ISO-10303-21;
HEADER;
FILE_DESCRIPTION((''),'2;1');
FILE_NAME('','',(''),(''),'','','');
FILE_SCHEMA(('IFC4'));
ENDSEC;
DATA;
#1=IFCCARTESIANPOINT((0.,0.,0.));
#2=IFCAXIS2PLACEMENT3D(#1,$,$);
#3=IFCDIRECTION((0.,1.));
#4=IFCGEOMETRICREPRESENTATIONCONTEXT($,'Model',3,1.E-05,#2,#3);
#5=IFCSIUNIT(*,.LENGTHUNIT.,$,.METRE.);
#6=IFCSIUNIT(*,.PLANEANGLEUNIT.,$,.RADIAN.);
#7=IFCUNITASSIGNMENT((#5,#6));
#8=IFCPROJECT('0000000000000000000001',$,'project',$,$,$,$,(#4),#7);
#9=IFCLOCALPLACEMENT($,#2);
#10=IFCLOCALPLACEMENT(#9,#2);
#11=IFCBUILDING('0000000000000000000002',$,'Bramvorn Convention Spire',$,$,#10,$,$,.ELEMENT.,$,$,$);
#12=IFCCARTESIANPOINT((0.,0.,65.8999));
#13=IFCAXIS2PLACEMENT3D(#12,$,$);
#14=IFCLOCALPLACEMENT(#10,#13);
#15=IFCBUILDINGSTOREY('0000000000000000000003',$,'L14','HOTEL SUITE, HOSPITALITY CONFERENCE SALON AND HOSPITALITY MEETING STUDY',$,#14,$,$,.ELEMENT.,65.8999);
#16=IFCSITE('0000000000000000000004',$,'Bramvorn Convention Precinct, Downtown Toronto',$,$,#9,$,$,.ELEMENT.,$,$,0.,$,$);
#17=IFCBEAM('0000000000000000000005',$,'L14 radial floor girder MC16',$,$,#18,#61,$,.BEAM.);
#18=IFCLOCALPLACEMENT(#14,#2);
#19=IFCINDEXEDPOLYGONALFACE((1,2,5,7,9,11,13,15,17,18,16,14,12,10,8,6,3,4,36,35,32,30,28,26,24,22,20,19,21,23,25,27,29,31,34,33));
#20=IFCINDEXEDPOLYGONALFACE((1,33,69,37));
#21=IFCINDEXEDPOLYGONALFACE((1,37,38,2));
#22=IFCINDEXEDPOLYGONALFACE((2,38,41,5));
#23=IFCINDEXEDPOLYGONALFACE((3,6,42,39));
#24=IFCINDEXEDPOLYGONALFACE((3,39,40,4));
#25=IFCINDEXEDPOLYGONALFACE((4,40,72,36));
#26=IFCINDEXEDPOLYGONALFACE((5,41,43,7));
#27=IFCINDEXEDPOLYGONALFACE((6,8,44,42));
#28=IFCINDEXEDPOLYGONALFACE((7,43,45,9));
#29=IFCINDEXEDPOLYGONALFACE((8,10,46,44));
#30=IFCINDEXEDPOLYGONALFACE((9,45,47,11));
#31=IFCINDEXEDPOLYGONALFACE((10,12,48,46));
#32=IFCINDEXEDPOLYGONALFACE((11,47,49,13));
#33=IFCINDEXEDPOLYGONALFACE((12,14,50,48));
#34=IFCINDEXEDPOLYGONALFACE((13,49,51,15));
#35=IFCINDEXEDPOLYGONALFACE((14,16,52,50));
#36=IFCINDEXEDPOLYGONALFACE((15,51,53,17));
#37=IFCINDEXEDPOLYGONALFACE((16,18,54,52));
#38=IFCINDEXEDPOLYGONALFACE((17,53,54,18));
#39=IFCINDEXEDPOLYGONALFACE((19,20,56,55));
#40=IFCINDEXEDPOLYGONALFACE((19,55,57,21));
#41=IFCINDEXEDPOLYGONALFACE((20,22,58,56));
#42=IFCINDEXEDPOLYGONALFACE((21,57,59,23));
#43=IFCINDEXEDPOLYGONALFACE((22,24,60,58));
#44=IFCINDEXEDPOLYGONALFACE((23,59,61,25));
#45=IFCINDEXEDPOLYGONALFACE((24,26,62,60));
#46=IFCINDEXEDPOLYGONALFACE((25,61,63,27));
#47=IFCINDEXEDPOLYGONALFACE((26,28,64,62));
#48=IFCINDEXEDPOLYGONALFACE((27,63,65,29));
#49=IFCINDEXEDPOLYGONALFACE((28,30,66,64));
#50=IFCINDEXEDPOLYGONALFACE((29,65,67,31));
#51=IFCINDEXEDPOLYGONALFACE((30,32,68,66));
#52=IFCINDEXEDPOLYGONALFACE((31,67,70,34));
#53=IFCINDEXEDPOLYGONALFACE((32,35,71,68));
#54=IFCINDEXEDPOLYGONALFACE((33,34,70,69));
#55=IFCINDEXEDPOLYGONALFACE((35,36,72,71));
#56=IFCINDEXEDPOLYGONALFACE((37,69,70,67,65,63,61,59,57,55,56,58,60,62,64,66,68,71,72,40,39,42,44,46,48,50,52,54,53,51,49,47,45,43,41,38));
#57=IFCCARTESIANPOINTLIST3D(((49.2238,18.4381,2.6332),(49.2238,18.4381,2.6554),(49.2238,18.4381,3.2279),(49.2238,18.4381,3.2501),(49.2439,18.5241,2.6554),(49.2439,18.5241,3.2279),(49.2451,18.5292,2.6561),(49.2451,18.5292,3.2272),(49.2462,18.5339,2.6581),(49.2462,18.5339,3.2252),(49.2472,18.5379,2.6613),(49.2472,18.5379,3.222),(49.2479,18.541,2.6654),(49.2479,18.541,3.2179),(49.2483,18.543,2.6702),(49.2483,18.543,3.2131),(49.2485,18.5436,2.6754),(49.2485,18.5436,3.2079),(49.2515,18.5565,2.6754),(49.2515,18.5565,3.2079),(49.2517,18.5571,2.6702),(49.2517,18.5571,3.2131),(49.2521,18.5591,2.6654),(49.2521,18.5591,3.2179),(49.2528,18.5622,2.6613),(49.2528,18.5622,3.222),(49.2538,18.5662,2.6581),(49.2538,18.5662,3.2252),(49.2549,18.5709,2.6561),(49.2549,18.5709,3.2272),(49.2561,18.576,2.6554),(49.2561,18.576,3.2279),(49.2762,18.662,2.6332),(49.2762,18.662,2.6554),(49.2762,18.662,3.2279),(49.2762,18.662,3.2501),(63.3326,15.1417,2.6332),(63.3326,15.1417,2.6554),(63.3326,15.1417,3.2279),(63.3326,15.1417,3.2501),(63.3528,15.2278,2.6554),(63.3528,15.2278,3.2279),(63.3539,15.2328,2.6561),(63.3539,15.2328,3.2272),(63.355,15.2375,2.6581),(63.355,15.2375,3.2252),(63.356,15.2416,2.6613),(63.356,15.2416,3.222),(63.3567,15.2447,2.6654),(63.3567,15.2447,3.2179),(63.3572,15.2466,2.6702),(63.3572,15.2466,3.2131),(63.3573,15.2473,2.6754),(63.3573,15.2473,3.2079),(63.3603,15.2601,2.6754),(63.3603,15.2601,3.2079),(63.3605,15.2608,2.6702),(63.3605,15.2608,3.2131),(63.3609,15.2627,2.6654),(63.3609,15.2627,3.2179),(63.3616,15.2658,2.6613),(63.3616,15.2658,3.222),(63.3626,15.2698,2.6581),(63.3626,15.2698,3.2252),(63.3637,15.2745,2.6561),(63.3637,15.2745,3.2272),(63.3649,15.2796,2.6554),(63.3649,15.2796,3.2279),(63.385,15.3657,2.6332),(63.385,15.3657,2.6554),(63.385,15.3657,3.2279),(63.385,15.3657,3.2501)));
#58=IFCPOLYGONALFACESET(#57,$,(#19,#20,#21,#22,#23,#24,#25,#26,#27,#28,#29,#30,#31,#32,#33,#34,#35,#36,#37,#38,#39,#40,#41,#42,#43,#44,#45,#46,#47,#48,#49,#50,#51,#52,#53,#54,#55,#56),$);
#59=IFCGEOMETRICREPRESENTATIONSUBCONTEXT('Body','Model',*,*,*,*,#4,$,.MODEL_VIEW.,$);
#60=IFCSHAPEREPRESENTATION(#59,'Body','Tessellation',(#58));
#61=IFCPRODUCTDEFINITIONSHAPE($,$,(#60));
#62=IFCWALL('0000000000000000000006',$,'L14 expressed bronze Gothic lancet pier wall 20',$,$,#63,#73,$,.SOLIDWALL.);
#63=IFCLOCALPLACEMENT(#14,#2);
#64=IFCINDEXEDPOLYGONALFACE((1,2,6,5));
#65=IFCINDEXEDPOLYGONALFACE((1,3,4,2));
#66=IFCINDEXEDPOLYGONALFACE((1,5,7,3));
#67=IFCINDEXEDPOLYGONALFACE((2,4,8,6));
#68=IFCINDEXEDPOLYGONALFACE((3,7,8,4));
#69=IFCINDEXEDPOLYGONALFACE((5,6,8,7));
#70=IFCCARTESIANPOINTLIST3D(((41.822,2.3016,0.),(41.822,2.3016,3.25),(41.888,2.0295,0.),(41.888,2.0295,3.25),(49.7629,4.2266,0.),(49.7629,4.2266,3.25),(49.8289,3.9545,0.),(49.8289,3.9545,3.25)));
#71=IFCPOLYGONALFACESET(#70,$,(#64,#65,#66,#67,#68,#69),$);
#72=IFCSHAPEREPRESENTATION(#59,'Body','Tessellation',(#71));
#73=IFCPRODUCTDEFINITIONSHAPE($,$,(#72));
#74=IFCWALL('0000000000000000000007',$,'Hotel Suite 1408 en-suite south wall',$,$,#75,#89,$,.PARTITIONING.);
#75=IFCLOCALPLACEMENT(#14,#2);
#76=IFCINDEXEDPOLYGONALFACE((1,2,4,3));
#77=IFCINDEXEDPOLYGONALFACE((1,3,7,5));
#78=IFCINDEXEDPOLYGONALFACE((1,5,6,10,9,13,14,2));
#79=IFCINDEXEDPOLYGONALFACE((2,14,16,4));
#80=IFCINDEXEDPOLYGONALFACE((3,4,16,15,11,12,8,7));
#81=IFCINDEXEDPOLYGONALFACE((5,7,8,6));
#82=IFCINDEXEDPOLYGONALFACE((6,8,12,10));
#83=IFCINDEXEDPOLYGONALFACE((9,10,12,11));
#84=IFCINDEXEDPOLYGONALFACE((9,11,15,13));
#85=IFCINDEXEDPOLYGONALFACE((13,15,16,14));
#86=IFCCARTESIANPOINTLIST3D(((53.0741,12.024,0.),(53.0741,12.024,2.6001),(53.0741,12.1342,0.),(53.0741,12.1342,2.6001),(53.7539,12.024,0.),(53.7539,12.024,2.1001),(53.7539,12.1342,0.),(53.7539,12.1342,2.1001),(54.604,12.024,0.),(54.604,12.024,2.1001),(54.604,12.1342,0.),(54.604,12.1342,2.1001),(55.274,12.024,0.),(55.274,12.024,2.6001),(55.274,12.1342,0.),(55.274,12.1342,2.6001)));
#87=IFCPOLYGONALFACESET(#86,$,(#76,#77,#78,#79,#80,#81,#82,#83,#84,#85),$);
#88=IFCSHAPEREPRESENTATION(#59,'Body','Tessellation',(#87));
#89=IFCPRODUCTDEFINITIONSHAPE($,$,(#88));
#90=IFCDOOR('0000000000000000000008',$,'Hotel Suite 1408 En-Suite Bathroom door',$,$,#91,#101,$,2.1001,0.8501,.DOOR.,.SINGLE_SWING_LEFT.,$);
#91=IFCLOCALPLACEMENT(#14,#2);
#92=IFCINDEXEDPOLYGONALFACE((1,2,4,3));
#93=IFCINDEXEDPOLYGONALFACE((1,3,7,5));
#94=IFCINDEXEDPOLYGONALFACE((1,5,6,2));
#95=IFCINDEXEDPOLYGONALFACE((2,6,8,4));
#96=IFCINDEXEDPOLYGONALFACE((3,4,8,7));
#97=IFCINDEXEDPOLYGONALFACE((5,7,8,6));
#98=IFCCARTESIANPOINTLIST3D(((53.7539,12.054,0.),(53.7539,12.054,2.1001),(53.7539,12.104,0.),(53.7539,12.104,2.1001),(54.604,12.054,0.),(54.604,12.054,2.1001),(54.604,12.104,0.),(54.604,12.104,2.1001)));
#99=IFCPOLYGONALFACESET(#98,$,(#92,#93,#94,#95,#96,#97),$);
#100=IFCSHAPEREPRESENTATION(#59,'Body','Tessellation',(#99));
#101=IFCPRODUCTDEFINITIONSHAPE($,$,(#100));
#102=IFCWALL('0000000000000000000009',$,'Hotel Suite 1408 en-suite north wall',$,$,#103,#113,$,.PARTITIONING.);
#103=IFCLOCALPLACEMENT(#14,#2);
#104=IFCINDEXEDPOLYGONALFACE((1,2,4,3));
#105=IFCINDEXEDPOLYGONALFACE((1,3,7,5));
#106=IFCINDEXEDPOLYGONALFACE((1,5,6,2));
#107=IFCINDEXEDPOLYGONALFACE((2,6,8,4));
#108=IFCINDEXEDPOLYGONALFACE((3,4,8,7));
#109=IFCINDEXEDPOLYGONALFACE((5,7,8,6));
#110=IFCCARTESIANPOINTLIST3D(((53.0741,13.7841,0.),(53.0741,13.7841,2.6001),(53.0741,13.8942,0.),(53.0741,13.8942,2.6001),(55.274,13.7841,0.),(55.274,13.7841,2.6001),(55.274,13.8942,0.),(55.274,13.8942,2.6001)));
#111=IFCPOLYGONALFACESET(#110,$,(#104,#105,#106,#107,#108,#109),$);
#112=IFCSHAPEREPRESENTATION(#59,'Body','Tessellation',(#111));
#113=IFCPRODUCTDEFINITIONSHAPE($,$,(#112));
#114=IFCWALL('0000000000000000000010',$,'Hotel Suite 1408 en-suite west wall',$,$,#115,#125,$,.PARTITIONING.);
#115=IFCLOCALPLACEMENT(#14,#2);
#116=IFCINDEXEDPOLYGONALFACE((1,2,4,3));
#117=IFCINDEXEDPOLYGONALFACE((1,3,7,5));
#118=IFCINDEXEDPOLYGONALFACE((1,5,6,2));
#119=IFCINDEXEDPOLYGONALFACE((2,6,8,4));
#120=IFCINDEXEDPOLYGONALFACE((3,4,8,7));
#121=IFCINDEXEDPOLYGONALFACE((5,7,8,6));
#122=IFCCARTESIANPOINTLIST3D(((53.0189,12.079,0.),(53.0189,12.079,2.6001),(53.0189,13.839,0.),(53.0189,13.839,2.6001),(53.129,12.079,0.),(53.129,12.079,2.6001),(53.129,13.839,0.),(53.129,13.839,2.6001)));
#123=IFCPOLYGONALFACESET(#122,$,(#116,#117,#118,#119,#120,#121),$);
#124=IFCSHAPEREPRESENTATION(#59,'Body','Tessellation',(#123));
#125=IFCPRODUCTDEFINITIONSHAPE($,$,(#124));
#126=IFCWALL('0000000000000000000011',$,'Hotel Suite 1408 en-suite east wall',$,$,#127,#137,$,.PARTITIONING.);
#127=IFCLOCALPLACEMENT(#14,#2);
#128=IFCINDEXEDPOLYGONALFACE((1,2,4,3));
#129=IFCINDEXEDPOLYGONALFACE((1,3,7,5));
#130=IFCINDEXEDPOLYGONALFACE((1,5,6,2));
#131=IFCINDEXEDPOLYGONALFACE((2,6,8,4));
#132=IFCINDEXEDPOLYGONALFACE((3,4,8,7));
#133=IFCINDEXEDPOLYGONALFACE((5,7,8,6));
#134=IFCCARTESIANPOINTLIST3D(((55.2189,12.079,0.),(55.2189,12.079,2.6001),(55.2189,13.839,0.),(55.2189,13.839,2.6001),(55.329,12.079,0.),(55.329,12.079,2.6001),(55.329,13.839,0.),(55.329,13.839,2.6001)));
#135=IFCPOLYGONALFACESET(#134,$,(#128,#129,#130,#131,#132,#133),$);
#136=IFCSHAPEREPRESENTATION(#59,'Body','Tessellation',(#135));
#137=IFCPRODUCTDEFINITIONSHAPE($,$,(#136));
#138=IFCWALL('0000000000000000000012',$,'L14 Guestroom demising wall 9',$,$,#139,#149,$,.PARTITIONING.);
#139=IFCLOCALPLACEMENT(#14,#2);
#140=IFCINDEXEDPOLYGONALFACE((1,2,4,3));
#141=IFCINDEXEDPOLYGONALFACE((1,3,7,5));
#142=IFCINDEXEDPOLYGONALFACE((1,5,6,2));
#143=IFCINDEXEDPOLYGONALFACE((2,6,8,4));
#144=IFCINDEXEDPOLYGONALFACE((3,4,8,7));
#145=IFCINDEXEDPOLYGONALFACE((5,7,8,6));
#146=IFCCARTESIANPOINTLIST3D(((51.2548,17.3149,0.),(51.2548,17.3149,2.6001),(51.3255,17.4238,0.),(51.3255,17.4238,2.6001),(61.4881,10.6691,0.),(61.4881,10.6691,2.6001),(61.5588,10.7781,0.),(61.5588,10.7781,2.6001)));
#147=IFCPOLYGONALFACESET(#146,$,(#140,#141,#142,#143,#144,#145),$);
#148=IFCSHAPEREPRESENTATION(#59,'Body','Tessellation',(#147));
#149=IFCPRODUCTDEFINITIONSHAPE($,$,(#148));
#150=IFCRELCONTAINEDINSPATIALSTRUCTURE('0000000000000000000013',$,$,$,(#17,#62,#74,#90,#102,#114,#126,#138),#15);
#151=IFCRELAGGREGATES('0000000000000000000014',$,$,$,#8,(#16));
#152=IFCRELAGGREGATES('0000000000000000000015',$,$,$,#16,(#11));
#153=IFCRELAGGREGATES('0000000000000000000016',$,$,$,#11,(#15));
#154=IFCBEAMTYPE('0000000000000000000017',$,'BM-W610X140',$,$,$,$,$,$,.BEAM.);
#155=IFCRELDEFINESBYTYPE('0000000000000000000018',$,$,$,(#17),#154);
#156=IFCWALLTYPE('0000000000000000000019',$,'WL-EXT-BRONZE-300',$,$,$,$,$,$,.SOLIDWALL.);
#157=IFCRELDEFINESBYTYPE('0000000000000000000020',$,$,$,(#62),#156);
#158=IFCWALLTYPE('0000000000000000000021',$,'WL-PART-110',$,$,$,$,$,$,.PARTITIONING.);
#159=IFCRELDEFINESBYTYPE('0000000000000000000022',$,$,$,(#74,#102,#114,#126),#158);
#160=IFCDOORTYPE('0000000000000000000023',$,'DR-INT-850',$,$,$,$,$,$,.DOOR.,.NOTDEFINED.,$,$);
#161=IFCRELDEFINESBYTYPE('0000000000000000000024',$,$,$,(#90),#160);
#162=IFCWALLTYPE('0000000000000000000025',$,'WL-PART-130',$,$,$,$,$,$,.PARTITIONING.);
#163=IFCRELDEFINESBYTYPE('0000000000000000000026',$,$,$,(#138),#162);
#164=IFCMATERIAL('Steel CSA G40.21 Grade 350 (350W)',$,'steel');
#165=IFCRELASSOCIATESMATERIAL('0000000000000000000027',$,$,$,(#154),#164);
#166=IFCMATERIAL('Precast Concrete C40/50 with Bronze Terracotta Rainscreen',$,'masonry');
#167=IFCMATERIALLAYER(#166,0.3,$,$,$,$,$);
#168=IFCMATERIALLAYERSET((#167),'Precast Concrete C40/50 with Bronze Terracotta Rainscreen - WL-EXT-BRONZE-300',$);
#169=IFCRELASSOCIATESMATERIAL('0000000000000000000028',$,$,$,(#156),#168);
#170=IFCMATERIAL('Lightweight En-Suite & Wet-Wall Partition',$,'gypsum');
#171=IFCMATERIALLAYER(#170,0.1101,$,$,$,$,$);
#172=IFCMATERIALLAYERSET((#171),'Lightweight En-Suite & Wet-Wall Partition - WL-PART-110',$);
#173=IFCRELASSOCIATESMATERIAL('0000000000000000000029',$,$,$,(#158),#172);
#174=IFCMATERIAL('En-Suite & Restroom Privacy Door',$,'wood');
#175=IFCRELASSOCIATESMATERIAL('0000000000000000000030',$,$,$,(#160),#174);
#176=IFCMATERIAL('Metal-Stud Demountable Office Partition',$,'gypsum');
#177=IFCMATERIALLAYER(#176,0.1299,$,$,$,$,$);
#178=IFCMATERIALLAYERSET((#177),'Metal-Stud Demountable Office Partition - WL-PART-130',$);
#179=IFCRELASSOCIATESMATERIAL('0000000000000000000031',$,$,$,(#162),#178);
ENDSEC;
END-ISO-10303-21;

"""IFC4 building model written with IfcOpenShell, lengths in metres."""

from ifc_helpers import new_model, si_unit, direction, frame, frame_2d, origin, origin_2d, place, context, subcontext, project, spatial, rectangle, i_section, extrude, material, layer, layer_set, material_profile, profile_set, type_object, element, fill, save


model = new_model("IFC4")

# Units and contexts
model_context = context("Model", 3, precision=1e-05, world=origin(), true_north=direction((0.0, 1.0)))
body_context = subcontext(model_context, "Body", "Model", "MODEL_VIEW")
ifc_project = project(units=[si_unit("LENGTHUNIT", "METRE"), si_unit("PLANEANGLEUNIT", "RADIAN")], contexts=[model_context])

# Site, building, storey
site_placement = place(None, origin())
site = spatial("IfcSite", under=ifc_project, at=site_placement, Name="Bramvorn Convention Precinct, Downtown Toronto", CompositionType="ELEMENT", RefElevation=0.0)
building_placement = place(site_placement, origin())
building = spatial("IfcBuilding", under=site, at=building_placement, Name="Bramvorn Convention Spire", CompositionType="ELEMENT")
storey_placement = place(building_placement, frame((0.0, 0.0, 65.8999)))
storey = spatial("IfcBuildingStorey", under=building, at=storey_placement, Name="L14", Description="HOTEL SUITE, HOSPITALITY CONFERENCE SALON AND HOSPITALITY MEETING STUDY", CompositionType="ELEMENT", Elevation=65.8999)

# Shared definitions
ifc_material_1 = material(Name="Steel CSA G40.21 Grade 350 (350W)", Category="steel")

# Beam
ifc_material_profile_1 = material_profile(ifc_material_1, i_section(OverallWidth=0.23, OverallDepth=0.6169, WebThickness=0.0132, FlangeThickness=0.0222, FilletRadius=0.02, at=origin_2d()))
ifc_profile_set_1 = profile_set([ifc_material_profile_1], Name="Steel CSA G40.21 Grade 350 (350W) - W610X140")
beam_type_1 = type_object("IfcBeamType", Name="BM-W610X140", PredefinedType="BEAM", material=ifc_profile_set_1)
beam_1_placement = place(storey_placement, frame((49.25, 18.55, 2.9417), z_axis=(0.973775, -0.227512, 0.0), x_axis=(0.227512, 0.973775, 0.0)))
element("IfcBeam", 1, at=beam_1_placement, inside=storey, type_object=beam_type_1, Name="L14 radial floor girder MC16", PredefinedType="BEAM", context=body_context, shape_type="SweptSolid", body=[
    extrude(i_section(OverallWidth=0.23, OverallDepth=0.6169, WebThickness=0.0132, FlangeThickness=0.0222, FilletRadius=0.02, at=origin_2d()), origin(), (0.0, 0.0, 1.0), 14.4888),
])

# Wall
ifc_material_2 = material(Name="Precast Concrete C40/50 with Bronze Terracotta Rainscreen", Category="masonry")
ifc_layer_1 = layer(ifc_material_2, 0.3)
ifc_layer_set_1 = layer_set([ifc_layer_1], Name="Precast Concrete C40/50 with Bronze Terracotta Rainscreen - WL-EXT-BRONZE-300")
wall_type_1 = type_object("IfcWallType", Name="WL-EXT-BRONZE-300", PredefinedType="SOLIDWALL", material=ifc_layer_set_1)
wall_1_placement = place(storey_placement, frame((49.7959, 4.0906, 0.0), z_axis=(0.0, 0.0, 1.0), x_axis=(-0.971851, -0.235597, 0.0)))
element("IfcWall", 2, at=wall_1_placement, inside=storey, type_object=wall_type_1, Name="L14 expressed bronze Gothic lancet pier wall 20", PredefinedType="SOLIDWALL", context=body_context, shape_type="SweptSolid", body=[
    extrude(rectangle(XDim=8.1709, YDim=0.28, at=frame_2d((4.0854, 0.0))), origin(), (0.0, 0.0, 1.0), 3.25),
])

# Wall, opening, door
ifc_material_3 = material(Name="Lightweight En-Suite & Wet-Wall Partition", Category="gypsum")
ifc_layer_2 = layer(ifc_material_3, 0.1101)
ifc_layer_set_2 = layer_set([ifc_layer_2], Name="Lightweight En-Suite & Wet-Wall Partition - WL-PART-110")
wall_type_2 = type_object("IfcWallType", Name="WL-PART-110", PredefinedType="PARTITIONING", material=ifc_layer_set_2)
wall_2_placement = place(storey_placement, frame((53.074, 12.0791, 0.0), z_axis=(0.0, 0.0, 1.0), x_axis=(1.0, 0.0, 0.0)))
wall_2 = element("IfcWall", 3, at=wall_2_placement, inside=storey, type_object=wall_type_2, Name="Hotel Suite 1408 en-suite south wall", PredefinedType="PARTITIONING", context=body_context, shape_type="SweptSolid", body=[
    extrude(rectangle(XDim=2.2, YDim=0.1101, at=frame_2d((1.1001, 0.0))), origin(), (0.0, 0.0, 1.0), 2.6001),
])
opening_1_placement = place(wall_2_placement, frame((0.6799, 0.0, 0.0)))
opening_1 = element("IfcOpeningElement", 4, at=opening_1_placement, cuts=wall_2, PredefinedType="OPENING", context=body_context, shape_type="SweptSolid", body=[
    extrude(rectangle(XDim=0.8501, YDim=2.1001, at=frame_2d((0.425, 1.05))), frame((0.0, 0.0649, 0.0), z_axis=(0.0, -1.0, 0.0), x_axis=(1.0, 0.0, 0.0)), (0.0, 0.0, 1.0), 0.1301),
])
ifc_material_4 = material(Name="En-Suite & Restroom Privacy Door", Category="wood")
door_type_1 = type_object("IfcDoorType", Name="DR-INT-850", OperationType="NOTDEFINED", PredefinedType="DOOR", material=ifc_material_4)
door_1_placement = place(opening_1_placement, origin())
door_1 = element("IfcDoor", 5, at=door_1_placement, inside=storey, type_object=door_type_1, Name="Hotel Suite 1408 En-Suite Bathroom door", OperationType="SINGLE_SWING_LEFT", OverallHeight=2.1001, OverallWidth=0.8501, PredefinedType="DOOR", context=body_context, shape_type="SweptSolid", body=[
    extrude(rectangle(XDim=0.8501, YDim=2.1001, at=frame_2d((0.425, 1.05))), frame((0.0, 0.0249, 0.0), z_axis=(0.0, -1.0, 0.0), x_axis=(1.0, 0.0, 0.0)), (0.0, 0.0, 1.0), 0.05),
])
fill(opening_1, door_1)

# Walls
wall_3_placement = place(storey_placement, frame((53.074, 13.8391, 0.0), z_axis=(0.0, 0.0, 1.0), x_axis=(1.0, 0.0, 0.0)))
element("IfcWall", 6, at=wall_3_placement, inside=storey, type_object=wall_type_2, Name="Hotel Suite 1408 en-suite north wall", PredefinedType="PARTITIONING", context=body_context, shape_type="SweptSolid", body=[
    extrude(rectangle(XDim=2.2, YDim=0.1101, at=frame_2d((1.1001, 0.0))), origin(), (0.0, 0.0, 1.0), 2.6001),
])
for number, where, z_axis, x_axis, name in (
    (7, (53.074, 12.0791, 0.0), (0.0, 0.0, 1.0), (0.0, 1.0, 0.0), "Hotel Suite 1408 en-suite west wall"),
    (8, (55.2739, 12.0791, 0.0), (0.0, 0.0, 1.0), (0.0, 1.0, 0.0), "Hotel Suite 1408 en-suite east wall"),
):
    element("IfcWall", number, at=place(storey_placement, frame(where, z_axis=z_axis, x_axis=x_axis)), inside=storey, type_object=wall_type_2, Name=name, PredefinedType="PARTITIONING", context=body_context, shape_type="SweptSolid", body=[
        extrude(rectangle(XDim=1.76, YDim=0.1101, at=frame_2d((0.8799, 0.0))), origin(), (0.0, 0.0, 1.0), 2.6001),
    ])
ifc_material_5 = material(Name="Metal-Stud Demountable Office Partition", Category="gypsum")
ifc_layer_3 = layer(ifc_material_5, 0.1299)
ifc_layer_set_3 = layer_set([ifc_layer_3], Name="Metal-Stud Demountable Office Partition - WL-PART-130")
wall_type_3 = type_object("IfcWallType", Name="WL-PART-130", PredefinedType="PARTITIONING", material=ifc_layer_set_3)
wall_4_placement = place(storey_placement, frame((51.29, 17.3694, 0.0), z_axis=(0.0, 0.0, 1.0), x_axis=(0.838667, -0.544645, 0.0)))
element("IfcWall", 9, at=wall_4_placement, inside=storey, type_object=wall_type_3, Name="L14 Guestroom demising wall 9", PredefinedType="PARTITIONING", context=body_context, shape_type="SweptSolid", body=[
    extrude(rectangle(XDim=12.2019, YDim=0.1299, at=frame_2d((6.1011, 0.0))), origin(), (0.0, 0.0, 1.0), 2.6001),
])

save(model, "model.ifc")
